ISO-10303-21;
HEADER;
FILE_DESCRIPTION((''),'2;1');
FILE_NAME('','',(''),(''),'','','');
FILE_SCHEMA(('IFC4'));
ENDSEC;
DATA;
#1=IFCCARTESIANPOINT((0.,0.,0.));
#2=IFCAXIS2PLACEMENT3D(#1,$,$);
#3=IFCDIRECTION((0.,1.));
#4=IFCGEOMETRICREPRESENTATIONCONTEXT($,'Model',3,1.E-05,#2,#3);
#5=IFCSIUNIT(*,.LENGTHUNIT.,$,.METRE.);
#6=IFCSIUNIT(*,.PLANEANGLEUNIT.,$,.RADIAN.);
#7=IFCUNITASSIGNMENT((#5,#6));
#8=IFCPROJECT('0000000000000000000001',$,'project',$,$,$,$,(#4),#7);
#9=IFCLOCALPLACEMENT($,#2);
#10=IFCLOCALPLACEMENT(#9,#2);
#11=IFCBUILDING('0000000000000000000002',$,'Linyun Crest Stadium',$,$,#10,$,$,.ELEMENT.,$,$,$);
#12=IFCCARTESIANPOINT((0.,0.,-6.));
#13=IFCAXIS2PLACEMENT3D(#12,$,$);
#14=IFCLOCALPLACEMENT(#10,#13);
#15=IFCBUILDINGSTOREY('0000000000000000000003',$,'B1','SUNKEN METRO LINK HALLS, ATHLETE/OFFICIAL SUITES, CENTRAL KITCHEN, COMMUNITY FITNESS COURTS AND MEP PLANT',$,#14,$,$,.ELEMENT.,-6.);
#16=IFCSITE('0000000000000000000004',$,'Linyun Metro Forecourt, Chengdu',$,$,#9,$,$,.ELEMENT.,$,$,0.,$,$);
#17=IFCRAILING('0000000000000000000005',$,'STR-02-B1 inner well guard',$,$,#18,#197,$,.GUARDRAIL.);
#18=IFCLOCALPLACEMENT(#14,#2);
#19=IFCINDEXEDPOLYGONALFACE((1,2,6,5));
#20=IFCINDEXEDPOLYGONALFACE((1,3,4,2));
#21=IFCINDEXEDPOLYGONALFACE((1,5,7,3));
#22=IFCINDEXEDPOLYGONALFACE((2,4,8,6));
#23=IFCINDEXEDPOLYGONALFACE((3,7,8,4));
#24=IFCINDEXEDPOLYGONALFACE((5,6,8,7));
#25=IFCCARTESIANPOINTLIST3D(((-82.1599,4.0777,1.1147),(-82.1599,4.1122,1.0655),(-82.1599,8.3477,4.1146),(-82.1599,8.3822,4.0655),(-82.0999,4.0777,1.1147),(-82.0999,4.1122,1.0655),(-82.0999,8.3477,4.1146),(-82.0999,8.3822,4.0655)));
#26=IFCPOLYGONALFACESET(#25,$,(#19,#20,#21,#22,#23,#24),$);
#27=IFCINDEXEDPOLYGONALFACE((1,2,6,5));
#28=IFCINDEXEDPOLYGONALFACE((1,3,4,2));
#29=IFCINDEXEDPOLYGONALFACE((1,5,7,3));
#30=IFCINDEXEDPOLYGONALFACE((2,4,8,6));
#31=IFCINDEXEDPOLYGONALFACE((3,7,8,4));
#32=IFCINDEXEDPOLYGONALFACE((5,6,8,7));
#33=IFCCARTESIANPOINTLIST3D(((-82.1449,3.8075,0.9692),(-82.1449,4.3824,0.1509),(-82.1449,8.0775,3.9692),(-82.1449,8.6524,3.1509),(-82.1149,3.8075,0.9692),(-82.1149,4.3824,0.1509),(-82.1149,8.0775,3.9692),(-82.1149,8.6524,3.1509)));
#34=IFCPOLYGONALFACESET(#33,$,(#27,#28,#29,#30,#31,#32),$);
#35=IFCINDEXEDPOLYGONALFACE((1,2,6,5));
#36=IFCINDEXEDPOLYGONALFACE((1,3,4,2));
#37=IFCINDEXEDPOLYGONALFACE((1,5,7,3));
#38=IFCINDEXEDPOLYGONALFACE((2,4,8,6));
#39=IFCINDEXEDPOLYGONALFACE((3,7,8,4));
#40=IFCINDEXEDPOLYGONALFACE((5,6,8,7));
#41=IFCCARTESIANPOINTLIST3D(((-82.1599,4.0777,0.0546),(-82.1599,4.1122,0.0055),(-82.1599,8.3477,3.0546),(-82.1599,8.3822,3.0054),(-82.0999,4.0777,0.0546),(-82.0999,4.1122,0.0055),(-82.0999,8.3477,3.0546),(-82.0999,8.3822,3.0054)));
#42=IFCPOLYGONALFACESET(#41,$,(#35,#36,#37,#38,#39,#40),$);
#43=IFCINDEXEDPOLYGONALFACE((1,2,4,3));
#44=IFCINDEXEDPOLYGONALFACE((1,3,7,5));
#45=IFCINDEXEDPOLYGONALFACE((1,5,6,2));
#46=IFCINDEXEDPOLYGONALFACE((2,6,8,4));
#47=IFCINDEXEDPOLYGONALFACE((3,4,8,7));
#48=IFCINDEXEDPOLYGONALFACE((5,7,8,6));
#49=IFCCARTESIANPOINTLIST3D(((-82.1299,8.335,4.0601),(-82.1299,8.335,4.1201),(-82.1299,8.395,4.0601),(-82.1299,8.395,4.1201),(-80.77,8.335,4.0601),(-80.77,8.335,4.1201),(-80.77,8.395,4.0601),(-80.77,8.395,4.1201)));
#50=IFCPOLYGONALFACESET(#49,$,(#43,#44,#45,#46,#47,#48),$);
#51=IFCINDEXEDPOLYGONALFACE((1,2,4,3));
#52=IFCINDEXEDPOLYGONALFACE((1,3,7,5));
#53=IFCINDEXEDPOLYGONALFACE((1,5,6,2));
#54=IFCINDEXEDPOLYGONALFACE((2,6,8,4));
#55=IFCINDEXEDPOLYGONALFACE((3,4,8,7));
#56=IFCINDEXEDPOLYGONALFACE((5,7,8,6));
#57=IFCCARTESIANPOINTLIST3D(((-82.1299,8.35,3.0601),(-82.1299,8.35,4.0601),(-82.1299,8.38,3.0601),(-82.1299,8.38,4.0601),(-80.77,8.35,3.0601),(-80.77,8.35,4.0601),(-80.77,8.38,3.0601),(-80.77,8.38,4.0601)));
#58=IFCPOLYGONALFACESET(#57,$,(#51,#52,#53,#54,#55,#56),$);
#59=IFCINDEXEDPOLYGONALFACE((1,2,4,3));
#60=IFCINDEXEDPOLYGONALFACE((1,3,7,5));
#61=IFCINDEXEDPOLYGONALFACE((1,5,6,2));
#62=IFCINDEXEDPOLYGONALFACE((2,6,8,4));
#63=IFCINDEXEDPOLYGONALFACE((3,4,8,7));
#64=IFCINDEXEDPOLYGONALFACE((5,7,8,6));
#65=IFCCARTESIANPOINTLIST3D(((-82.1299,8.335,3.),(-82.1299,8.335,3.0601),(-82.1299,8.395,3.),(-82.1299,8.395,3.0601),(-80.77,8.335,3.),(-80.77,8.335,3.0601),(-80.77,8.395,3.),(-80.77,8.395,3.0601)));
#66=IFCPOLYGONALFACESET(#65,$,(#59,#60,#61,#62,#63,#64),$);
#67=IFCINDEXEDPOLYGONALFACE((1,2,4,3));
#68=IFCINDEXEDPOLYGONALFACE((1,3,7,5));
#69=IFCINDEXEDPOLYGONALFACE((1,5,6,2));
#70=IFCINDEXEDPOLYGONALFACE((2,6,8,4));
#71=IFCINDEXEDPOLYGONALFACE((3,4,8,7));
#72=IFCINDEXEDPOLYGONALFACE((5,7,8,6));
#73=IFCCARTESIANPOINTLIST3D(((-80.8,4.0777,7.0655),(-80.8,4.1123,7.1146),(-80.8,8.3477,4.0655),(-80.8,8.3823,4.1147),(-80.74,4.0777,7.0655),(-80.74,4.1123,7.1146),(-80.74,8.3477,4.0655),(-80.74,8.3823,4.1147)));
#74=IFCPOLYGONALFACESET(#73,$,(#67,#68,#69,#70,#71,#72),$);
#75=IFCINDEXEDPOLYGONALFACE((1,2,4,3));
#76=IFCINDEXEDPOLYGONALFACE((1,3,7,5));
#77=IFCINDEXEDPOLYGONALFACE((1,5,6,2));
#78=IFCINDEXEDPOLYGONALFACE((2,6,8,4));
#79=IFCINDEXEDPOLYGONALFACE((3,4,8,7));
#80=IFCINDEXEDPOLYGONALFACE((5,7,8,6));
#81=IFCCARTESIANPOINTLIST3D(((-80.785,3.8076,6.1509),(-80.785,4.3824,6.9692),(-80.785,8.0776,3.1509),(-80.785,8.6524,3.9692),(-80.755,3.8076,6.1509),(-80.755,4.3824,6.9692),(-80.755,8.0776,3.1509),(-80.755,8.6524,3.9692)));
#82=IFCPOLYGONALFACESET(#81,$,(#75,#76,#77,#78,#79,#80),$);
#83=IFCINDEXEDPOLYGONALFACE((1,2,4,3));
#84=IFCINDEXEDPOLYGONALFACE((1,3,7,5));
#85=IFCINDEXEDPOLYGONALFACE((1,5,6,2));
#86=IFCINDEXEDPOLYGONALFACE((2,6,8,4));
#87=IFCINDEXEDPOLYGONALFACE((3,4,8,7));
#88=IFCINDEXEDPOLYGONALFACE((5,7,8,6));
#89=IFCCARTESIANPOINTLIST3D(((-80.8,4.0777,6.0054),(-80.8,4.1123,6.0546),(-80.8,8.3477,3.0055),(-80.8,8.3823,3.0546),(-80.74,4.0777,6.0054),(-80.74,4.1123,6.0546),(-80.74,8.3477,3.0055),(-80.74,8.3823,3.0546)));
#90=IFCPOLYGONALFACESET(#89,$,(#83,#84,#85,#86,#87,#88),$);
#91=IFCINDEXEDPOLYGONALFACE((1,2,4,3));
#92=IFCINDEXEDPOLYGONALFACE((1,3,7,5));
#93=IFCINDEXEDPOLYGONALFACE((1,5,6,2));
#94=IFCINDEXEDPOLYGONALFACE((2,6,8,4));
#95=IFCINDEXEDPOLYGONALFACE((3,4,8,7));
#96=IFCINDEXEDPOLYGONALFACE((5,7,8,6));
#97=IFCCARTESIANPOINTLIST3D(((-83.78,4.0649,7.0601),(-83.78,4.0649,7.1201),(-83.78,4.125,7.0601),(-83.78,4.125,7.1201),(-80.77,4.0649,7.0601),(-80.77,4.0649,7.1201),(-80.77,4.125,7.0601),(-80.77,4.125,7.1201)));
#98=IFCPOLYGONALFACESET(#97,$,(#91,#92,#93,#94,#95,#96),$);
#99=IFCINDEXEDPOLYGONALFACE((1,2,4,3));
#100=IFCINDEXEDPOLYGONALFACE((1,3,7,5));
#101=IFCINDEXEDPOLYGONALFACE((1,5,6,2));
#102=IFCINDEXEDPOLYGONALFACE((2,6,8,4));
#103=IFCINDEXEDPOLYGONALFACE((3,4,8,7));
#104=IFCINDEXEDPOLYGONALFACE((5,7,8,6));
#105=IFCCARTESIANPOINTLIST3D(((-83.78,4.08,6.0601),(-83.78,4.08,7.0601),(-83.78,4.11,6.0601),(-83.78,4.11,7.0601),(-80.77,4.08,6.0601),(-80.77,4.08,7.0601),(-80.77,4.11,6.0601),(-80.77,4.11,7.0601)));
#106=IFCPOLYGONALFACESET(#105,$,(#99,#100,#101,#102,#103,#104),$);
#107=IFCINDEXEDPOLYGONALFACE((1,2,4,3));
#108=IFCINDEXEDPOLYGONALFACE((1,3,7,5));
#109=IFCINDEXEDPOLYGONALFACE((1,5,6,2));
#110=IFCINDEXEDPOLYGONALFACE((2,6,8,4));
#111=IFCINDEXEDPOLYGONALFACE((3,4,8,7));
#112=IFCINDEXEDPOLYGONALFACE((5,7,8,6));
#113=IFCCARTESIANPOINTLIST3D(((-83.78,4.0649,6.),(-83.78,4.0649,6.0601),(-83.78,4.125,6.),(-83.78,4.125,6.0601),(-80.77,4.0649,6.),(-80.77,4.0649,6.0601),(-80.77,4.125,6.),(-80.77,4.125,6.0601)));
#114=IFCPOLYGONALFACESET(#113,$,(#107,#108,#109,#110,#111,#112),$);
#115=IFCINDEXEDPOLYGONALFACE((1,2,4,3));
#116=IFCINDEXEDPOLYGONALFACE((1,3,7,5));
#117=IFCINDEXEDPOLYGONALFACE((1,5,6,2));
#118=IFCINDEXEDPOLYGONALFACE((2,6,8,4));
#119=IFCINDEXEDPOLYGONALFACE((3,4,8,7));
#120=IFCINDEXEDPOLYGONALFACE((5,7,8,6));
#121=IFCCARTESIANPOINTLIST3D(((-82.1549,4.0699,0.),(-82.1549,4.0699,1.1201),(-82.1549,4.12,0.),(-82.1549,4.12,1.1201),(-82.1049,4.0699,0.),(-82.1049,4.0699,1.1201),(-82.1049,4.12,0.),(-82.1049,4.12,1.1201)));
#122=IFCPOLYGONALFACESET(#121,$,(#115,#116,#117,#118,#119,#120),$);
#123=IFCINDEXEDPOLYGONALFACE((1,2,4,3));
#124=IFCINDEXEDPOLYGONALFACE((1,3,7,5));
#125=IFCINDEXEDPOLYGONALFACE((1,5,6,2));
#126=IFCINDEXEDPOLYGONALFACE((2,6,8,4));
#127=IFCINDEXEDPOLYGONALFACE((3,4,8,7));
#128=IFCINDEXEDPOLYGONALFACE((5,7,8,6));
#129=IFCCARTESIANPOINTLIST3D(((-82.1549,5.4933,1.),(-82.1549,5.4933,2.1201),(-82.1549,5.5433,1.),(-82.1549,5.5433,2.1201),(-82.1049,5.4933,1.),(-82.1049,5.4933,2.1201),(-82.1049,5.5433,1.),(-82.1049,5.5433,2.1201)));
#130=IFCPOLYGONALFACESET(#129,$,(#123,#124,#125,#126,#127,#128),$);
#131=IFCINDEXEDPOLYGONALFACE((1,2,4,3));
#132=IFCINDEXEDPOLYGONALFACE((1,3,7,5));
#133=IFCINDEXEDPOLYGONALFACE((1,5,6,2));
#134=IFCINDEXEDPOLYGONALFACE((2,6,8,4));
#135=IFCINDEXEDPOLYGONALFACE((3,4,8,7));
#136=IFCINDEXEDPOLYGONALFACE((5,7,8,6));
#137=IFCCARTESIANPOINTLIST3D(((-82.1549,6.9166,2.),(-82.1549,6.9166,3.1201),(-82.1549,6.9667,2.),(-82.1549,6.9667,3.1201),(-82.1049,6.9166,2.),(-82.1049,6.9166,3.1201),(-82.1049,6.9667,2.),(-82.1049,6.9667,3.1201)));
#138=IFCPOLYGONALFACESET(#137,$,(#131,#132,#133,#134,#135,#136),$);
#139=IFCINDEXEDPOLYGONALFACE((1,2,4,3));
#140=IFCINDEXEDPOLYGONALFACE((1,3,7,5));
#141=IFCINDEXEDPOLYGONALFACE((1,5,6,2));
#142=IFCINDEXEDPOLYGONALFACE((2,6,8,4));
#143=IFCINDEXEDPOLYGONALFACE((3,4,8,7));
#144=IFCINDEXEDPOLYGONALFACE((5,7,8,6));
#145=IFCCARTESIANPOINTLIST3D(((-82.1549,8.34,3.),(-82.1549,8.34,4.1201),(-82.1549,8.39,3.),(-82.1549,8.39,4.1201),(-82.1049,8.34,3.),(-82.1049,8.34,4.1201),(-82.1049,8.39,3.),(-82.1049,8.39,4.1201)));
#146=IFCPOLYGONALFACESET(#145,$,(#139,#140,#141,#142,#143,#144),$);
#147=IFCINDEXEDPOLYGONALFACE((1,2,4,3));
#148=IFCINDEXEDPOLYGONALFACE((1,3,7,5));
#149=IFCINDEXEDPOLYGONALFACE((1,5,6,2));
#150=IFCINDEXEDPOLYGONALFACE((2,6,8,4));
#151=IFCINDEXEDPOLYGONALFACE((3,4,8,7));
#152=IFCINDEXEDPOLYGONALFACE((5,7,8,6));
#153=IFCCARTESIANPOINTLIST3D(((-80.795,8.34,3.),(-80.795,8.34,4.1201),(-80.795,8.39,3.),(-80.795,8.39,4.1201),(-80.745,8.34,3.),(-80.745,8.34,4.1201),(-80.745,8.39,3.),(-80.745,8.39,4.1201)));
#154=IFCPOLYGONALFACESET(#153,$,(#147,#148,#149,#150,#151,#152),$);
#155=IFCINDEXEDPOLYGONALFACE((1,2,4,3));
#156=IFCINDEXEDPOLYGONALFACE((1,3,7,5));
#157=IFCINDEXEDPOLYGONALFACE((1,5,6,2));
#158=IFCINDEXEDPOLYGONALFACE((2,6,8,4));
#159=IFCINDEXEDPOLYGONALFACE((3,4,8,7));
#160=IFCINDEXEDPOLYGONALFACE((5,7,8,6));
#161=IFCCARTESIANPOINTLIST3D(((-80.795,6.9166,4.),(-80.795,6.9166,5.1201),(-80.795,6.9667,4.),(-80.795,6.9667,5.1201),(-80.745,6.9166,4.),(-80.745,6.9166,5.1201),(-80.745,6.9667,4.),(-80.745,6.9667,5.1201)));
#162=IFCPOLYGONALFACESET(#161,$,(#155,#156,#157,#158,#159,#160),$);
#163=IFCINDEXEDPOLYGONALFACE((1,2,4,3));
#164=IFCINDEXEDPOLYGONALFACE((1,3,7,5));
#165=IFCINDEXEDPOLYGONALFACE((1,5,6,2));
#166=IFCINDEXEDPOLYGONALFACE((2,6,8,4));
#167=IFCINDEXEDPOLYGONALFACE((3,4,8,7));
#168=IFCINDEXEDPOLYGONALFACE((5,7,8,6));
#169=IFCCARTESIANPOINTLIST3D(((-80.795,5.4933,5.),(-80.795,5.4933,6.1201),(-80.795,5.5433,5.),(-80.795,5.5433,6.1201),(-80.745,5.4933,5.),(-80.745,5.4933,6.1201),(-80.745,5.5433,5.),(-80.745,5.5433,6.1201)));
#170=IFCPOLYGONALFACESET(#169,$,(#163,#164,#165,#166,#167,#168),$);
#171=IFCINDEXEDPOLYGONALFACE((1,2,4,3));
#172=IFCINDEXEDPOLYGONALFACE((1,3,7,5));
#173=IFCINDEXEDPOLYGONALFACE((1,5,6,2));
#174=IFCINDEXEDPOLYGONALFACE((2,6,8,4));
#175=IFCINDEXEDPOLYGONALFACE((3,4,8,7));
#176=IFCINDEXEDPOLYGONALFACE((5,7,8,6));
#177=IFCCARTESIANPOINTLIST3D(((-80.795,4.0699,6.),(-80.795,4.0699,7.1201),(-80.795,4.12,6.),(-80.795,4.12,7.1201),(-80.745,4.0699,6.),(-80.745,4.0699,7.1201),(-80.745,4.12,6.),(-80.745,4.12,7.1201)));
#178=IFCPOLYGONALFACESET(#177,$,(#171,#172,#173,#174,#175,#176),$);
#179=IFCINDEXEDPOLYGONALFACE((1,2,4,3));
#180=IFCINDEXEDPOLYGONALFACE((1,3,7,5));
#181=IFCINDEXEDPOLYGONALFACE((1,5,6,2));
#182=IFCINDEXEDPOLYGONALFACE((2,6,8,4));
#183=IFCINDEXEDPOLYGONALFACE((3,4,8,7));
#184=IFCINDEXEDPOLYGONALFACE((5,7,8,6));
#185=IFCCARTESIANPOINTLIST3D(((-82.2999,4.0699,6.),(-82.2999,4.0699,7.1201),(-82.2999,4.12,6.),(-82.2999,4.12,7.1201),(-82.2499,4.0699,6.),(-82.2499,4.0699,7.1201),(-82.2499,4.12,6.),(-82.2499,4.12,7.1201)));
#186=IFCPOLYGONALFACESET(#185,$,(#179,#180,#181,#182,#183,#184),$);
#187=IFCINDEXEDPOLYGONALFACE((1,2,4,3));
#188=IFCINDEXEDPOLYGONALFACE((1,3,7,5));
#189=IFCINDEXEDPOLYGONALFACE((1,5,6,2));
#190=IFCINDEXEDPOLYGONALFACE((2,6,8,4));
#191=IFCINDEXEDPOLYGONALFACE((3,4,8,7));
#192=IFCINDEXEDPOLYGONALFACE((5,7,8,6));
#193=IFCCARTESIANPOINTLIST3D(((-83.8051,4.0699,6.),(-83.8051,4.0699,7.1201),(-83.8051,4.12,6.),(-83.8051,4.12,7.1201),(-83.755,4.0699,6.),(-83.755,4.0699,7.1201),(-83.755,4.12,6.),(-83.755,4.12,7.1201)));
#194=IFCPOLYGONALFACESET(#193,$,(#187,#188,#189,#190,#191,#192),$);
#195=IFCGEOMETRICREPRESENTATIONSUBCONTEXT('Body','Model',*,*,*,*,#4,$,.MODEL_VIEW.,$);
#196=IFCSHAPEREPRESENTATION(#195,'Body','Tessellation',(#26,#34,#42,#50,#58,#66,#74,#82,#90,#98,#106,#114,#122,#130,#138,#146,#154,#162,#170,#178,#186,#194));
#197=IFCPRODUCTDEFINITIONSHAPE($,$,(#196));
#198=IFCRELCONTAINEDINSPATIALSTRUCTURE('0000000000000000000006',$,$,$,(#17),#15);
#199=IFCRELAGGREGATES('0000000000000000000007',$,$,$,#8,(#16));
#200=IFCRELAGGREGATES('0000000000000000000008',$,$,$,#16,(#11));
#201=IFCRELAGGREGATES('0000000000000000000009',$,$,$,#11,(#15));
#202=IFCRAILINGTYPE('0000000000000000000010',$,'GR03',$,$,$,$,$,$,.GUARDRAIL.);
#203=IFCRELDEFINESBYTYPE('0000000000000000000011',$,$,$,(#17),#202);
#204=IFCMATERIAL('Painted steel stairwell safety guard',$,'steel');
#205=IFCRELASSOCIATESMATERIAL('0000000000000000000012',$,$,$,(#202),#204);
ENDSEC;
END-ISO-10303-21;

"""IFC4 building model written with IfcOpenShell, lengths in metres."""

from ifc_helpers import new_model, si_unit, direction, frame, origin, origin_2d, place, context, subcontext, project, spatial, rectangle, extrude, material, type_object, element, save


model = new_model("IFC4")

# Units and contexts
model_context = context("Model", 3, precision=1e-05, world=origin(), true_north=direction((0.0, 1.0)))
body_context = subcontext(model_context, "Body", "Model", "MODEL_VIEW")
ifc_project = project(units=[si_unit("LENGTHUNIT", "METRE"), si_unit("PLANEANGLEUNIT", "RADIAN")], contexts=[model_context])

# Site, building, storey
site_placement = place(None, origin())
site = spatial("IfcSite", under=ifc_project, at=site_placement, Name="Linyun Metro Forecourt, Chengdu", CompositionType="ELEMENT", RefElevation=0.0)
building_placement = place(site_placement, origin())
building = spatial("IfcBuilding", under=site, at=building_placement, Name="Linyun Crest Stadium", CompositionType="ELEMENT")
storey_placement = place(building_placement, frame((0.0, 0.0, -6.0)))
storey = spatial("IfcBuildingStorey", under=building, at=storey_placement, Name="B1", Description="SUNKEN METRO LINK HALLS, ATHLETE/OFFICIAL SUITES, CENTRAL KITCHEN, COMMUNITY FITNESS COURTS AND MEP PLANT", CompositionType="ELEMENT", Elevation=-6.0)

# Railing
ifc_material_1 = material(Name="Painted steel stairwell safety guard", Category="steel")
railing_type_1 = type_object("IfcRailingType", Name="GR03", PredefinedType="GUARDRAIL", material=ifc_material_1)
railing_1_placement = place(storey_placement, frame((-82.1299, 4.095, 0.0)))
element("IfcRailing", 1, at=railing_1_placement, inside=storey, type_object=railing_type_1, Name="STR-02-B1 inner well guard", PredefinedType="GUARDRAIL", context=body_context, shape_type="SweptSolid", body=[
    extrude(rectangle(XDim=0.0601, YDim=0.0601, at=origin_2d()), frame((0.0, 0.0, 1.0901), z_axis=(0.0, 0.818242, 0.574874), x_axis=(-1.0, 0.0, 0.0)), (0.0, 0.0, 1.0), 5.2185),
    extrude(rectangle(XDim=0.03, YDim=1.0, at=origin_2d()), frame((0.0, 0.0, 0.5601), z_axis=(0.0, 0.818242, 0.574874), x_axis=(-1.0, 0.0, 0.0)), (0.0, 0.0, 1.0), 5.2185),
    extrude(rectangle(XDim=0.0601, YDim=0.0601, at=origin_2d()), frame((0.0, 0.0, 0.03), z_axis=(0.0, 0.818242, 0.574874), x_axis=(-1.0, 0.0, 0.0)), (0.0, 0.0, 1.0), 5.2185),
    extrude(rectangle(XDim=0.0601, YDim=0.0601, at=origin_2d()), frame((0.0, 4.27, 4.0901), z_axis=(1.0, 0.0, 0.0), x_axis=(0.0, 1.0, 0.0)), (0.0, 0.0, 1.0), 1.3599),
    extrude(rectangle(XDim=0.03, YDim=1.0, at=origin_2d()), frame((0.0, 4.27, 3.5601), z_axis=(1.0, 0.0, 0.0), x_axis=(0.0, 1.0, 0.0)), (0.0, 0.0, 1.0), 1.3599),
    extrude(rectangle(XDim=0.0601, YDim=0.0601, at=origin_2d()), frame((0.0, 4.27, 3.03), z_axis=(1.0, 0.0, 0.0), x_axis=(0.0, 1.0, 0.0)), (0.0, 0.0, 1.0), 1.3599),
    extrude(rectangle(XDim=0.0601, YDim=0.0601, at=origin_2d()), frame((1.3599, 4.27, 4.0901), z_axis=(0.0, -0.818242, 0.574874), x_axis=(1.0, 0.0, 0.0)), (0.0, 0.0, 1.0), 5.2185),
    extrude(rectangle(XDim=0.03, YDim=1.0, at=origin_2d()), frame((1.3599, 4.27, 3.5601), z_axis=(0.0, -0.818242, 0.574874), x_axis=(1.0, 0.0, 0.0)), (0.0, 0.0, 1.0), 5.2185),
    extrude(rectangle(XDim=0.0601, YDim=0.0601, at=origin_2d()), frame((1.3599, 4.27, 3.03), z_axis=(0.0, -0.818242, 0.574874), x_axis=(1.0, 0.0, 0.0)), (0.0, 0.0, 1.0), 5.2185),
    extrude(rectangle(XDim=0.0601, YDim=0.0601, at=origin_2d()), frame((1.3599, 0.0, 7.0901), z_axis=(-1.0, 0.0, 0.0), x_axis=(0.0, -1.0, 0.0)), (0.0, 0.0, 1.0), 3.01),
    extrude(rectangle(XDim=0.03, YDim=1.0, at=origin_2d()), frame((1.3599, 0.0, 6.5601), z_axis=(-1.0, 0.0, 0.0), x_axis=(0.0, -1.0, 0.0)), (0.0, 0.0, 1.0), 3.01),
    extrude(rectangle(XDim=0.0601, YDim=0.0601, at=origin_2d()), frame((1.3599, 0.0, 6.03), z_axis=(-1.0, 0.0, 0.0), x_axis=(0.0, -1.0, 0.0)), (0.0, 0.0, 1.0), 3.01),
    extrude(rectangle(XDim=0.05, YDim=0.05, at=origin_2d()), origin(), (0.0, 0.0, 1.0), 1.1201),
    extrude(rectangle(XDim=0.05, YDim=0.05, at=origin_2d()), frame((0.0, 1.4233, 1.0)), (0.0, 0.0, 1.0), 1.1201),
    extrude(rectangle(XDim=0.05, YDim=0.05, at=origin_2d()), frame((0.0, 2.8467, 2.0)), (0.0, 0.0, 1.0), 1.1201),
    extrude(rectangle(XDim=0.05, YDim=0.05, at=origin_2d()), frame((0.0, 4.27, 3.0)), (0.0, 0.0, 1.0), 1.1201),
    extrude(rectangle(XDim=0.05, YDim=0.05, at=origin_2d()), frame((1.3599, 4.27, 3.0)), (0.0, 0.0, 1.0), 1.1201),
    extrude(rectangle(XDim=0.05, YDim=0.05, at=origin_2d()), frame((1.3599, 2.8467, 4.0)), (0.0, 0.0, 1.0), 1.1201),
    extrude(rectangle(XDim=0.05, YDim=0.05, at=origin_2d()), frame((1.3599, 1.4233, 5.0)), (0.0, 0.0, 1.0), 1.1201),
    extrude(rectangle(XDim=0.05, YDim=0.05, at=origin_2d()), frame((1.3599, 0.0, 6.0)), (0.0, 0.0, 1.0), 1.1201),
    extrude(rectangle(XDim=0.05, YDim=0.05, at=origin_2d()), frame((-0.145, 0.0, 6.0)), (0.0, 0.0, 1.0), 1.1201),
    extrude(rectangle(XDim=0.05, YDim=0.05, at=origin_2d()), frame((-1.6501, 0.0, 6.0)), (0.0, 0.0, 1.0), 1.1201),
])

save(model, "model.ifc")
